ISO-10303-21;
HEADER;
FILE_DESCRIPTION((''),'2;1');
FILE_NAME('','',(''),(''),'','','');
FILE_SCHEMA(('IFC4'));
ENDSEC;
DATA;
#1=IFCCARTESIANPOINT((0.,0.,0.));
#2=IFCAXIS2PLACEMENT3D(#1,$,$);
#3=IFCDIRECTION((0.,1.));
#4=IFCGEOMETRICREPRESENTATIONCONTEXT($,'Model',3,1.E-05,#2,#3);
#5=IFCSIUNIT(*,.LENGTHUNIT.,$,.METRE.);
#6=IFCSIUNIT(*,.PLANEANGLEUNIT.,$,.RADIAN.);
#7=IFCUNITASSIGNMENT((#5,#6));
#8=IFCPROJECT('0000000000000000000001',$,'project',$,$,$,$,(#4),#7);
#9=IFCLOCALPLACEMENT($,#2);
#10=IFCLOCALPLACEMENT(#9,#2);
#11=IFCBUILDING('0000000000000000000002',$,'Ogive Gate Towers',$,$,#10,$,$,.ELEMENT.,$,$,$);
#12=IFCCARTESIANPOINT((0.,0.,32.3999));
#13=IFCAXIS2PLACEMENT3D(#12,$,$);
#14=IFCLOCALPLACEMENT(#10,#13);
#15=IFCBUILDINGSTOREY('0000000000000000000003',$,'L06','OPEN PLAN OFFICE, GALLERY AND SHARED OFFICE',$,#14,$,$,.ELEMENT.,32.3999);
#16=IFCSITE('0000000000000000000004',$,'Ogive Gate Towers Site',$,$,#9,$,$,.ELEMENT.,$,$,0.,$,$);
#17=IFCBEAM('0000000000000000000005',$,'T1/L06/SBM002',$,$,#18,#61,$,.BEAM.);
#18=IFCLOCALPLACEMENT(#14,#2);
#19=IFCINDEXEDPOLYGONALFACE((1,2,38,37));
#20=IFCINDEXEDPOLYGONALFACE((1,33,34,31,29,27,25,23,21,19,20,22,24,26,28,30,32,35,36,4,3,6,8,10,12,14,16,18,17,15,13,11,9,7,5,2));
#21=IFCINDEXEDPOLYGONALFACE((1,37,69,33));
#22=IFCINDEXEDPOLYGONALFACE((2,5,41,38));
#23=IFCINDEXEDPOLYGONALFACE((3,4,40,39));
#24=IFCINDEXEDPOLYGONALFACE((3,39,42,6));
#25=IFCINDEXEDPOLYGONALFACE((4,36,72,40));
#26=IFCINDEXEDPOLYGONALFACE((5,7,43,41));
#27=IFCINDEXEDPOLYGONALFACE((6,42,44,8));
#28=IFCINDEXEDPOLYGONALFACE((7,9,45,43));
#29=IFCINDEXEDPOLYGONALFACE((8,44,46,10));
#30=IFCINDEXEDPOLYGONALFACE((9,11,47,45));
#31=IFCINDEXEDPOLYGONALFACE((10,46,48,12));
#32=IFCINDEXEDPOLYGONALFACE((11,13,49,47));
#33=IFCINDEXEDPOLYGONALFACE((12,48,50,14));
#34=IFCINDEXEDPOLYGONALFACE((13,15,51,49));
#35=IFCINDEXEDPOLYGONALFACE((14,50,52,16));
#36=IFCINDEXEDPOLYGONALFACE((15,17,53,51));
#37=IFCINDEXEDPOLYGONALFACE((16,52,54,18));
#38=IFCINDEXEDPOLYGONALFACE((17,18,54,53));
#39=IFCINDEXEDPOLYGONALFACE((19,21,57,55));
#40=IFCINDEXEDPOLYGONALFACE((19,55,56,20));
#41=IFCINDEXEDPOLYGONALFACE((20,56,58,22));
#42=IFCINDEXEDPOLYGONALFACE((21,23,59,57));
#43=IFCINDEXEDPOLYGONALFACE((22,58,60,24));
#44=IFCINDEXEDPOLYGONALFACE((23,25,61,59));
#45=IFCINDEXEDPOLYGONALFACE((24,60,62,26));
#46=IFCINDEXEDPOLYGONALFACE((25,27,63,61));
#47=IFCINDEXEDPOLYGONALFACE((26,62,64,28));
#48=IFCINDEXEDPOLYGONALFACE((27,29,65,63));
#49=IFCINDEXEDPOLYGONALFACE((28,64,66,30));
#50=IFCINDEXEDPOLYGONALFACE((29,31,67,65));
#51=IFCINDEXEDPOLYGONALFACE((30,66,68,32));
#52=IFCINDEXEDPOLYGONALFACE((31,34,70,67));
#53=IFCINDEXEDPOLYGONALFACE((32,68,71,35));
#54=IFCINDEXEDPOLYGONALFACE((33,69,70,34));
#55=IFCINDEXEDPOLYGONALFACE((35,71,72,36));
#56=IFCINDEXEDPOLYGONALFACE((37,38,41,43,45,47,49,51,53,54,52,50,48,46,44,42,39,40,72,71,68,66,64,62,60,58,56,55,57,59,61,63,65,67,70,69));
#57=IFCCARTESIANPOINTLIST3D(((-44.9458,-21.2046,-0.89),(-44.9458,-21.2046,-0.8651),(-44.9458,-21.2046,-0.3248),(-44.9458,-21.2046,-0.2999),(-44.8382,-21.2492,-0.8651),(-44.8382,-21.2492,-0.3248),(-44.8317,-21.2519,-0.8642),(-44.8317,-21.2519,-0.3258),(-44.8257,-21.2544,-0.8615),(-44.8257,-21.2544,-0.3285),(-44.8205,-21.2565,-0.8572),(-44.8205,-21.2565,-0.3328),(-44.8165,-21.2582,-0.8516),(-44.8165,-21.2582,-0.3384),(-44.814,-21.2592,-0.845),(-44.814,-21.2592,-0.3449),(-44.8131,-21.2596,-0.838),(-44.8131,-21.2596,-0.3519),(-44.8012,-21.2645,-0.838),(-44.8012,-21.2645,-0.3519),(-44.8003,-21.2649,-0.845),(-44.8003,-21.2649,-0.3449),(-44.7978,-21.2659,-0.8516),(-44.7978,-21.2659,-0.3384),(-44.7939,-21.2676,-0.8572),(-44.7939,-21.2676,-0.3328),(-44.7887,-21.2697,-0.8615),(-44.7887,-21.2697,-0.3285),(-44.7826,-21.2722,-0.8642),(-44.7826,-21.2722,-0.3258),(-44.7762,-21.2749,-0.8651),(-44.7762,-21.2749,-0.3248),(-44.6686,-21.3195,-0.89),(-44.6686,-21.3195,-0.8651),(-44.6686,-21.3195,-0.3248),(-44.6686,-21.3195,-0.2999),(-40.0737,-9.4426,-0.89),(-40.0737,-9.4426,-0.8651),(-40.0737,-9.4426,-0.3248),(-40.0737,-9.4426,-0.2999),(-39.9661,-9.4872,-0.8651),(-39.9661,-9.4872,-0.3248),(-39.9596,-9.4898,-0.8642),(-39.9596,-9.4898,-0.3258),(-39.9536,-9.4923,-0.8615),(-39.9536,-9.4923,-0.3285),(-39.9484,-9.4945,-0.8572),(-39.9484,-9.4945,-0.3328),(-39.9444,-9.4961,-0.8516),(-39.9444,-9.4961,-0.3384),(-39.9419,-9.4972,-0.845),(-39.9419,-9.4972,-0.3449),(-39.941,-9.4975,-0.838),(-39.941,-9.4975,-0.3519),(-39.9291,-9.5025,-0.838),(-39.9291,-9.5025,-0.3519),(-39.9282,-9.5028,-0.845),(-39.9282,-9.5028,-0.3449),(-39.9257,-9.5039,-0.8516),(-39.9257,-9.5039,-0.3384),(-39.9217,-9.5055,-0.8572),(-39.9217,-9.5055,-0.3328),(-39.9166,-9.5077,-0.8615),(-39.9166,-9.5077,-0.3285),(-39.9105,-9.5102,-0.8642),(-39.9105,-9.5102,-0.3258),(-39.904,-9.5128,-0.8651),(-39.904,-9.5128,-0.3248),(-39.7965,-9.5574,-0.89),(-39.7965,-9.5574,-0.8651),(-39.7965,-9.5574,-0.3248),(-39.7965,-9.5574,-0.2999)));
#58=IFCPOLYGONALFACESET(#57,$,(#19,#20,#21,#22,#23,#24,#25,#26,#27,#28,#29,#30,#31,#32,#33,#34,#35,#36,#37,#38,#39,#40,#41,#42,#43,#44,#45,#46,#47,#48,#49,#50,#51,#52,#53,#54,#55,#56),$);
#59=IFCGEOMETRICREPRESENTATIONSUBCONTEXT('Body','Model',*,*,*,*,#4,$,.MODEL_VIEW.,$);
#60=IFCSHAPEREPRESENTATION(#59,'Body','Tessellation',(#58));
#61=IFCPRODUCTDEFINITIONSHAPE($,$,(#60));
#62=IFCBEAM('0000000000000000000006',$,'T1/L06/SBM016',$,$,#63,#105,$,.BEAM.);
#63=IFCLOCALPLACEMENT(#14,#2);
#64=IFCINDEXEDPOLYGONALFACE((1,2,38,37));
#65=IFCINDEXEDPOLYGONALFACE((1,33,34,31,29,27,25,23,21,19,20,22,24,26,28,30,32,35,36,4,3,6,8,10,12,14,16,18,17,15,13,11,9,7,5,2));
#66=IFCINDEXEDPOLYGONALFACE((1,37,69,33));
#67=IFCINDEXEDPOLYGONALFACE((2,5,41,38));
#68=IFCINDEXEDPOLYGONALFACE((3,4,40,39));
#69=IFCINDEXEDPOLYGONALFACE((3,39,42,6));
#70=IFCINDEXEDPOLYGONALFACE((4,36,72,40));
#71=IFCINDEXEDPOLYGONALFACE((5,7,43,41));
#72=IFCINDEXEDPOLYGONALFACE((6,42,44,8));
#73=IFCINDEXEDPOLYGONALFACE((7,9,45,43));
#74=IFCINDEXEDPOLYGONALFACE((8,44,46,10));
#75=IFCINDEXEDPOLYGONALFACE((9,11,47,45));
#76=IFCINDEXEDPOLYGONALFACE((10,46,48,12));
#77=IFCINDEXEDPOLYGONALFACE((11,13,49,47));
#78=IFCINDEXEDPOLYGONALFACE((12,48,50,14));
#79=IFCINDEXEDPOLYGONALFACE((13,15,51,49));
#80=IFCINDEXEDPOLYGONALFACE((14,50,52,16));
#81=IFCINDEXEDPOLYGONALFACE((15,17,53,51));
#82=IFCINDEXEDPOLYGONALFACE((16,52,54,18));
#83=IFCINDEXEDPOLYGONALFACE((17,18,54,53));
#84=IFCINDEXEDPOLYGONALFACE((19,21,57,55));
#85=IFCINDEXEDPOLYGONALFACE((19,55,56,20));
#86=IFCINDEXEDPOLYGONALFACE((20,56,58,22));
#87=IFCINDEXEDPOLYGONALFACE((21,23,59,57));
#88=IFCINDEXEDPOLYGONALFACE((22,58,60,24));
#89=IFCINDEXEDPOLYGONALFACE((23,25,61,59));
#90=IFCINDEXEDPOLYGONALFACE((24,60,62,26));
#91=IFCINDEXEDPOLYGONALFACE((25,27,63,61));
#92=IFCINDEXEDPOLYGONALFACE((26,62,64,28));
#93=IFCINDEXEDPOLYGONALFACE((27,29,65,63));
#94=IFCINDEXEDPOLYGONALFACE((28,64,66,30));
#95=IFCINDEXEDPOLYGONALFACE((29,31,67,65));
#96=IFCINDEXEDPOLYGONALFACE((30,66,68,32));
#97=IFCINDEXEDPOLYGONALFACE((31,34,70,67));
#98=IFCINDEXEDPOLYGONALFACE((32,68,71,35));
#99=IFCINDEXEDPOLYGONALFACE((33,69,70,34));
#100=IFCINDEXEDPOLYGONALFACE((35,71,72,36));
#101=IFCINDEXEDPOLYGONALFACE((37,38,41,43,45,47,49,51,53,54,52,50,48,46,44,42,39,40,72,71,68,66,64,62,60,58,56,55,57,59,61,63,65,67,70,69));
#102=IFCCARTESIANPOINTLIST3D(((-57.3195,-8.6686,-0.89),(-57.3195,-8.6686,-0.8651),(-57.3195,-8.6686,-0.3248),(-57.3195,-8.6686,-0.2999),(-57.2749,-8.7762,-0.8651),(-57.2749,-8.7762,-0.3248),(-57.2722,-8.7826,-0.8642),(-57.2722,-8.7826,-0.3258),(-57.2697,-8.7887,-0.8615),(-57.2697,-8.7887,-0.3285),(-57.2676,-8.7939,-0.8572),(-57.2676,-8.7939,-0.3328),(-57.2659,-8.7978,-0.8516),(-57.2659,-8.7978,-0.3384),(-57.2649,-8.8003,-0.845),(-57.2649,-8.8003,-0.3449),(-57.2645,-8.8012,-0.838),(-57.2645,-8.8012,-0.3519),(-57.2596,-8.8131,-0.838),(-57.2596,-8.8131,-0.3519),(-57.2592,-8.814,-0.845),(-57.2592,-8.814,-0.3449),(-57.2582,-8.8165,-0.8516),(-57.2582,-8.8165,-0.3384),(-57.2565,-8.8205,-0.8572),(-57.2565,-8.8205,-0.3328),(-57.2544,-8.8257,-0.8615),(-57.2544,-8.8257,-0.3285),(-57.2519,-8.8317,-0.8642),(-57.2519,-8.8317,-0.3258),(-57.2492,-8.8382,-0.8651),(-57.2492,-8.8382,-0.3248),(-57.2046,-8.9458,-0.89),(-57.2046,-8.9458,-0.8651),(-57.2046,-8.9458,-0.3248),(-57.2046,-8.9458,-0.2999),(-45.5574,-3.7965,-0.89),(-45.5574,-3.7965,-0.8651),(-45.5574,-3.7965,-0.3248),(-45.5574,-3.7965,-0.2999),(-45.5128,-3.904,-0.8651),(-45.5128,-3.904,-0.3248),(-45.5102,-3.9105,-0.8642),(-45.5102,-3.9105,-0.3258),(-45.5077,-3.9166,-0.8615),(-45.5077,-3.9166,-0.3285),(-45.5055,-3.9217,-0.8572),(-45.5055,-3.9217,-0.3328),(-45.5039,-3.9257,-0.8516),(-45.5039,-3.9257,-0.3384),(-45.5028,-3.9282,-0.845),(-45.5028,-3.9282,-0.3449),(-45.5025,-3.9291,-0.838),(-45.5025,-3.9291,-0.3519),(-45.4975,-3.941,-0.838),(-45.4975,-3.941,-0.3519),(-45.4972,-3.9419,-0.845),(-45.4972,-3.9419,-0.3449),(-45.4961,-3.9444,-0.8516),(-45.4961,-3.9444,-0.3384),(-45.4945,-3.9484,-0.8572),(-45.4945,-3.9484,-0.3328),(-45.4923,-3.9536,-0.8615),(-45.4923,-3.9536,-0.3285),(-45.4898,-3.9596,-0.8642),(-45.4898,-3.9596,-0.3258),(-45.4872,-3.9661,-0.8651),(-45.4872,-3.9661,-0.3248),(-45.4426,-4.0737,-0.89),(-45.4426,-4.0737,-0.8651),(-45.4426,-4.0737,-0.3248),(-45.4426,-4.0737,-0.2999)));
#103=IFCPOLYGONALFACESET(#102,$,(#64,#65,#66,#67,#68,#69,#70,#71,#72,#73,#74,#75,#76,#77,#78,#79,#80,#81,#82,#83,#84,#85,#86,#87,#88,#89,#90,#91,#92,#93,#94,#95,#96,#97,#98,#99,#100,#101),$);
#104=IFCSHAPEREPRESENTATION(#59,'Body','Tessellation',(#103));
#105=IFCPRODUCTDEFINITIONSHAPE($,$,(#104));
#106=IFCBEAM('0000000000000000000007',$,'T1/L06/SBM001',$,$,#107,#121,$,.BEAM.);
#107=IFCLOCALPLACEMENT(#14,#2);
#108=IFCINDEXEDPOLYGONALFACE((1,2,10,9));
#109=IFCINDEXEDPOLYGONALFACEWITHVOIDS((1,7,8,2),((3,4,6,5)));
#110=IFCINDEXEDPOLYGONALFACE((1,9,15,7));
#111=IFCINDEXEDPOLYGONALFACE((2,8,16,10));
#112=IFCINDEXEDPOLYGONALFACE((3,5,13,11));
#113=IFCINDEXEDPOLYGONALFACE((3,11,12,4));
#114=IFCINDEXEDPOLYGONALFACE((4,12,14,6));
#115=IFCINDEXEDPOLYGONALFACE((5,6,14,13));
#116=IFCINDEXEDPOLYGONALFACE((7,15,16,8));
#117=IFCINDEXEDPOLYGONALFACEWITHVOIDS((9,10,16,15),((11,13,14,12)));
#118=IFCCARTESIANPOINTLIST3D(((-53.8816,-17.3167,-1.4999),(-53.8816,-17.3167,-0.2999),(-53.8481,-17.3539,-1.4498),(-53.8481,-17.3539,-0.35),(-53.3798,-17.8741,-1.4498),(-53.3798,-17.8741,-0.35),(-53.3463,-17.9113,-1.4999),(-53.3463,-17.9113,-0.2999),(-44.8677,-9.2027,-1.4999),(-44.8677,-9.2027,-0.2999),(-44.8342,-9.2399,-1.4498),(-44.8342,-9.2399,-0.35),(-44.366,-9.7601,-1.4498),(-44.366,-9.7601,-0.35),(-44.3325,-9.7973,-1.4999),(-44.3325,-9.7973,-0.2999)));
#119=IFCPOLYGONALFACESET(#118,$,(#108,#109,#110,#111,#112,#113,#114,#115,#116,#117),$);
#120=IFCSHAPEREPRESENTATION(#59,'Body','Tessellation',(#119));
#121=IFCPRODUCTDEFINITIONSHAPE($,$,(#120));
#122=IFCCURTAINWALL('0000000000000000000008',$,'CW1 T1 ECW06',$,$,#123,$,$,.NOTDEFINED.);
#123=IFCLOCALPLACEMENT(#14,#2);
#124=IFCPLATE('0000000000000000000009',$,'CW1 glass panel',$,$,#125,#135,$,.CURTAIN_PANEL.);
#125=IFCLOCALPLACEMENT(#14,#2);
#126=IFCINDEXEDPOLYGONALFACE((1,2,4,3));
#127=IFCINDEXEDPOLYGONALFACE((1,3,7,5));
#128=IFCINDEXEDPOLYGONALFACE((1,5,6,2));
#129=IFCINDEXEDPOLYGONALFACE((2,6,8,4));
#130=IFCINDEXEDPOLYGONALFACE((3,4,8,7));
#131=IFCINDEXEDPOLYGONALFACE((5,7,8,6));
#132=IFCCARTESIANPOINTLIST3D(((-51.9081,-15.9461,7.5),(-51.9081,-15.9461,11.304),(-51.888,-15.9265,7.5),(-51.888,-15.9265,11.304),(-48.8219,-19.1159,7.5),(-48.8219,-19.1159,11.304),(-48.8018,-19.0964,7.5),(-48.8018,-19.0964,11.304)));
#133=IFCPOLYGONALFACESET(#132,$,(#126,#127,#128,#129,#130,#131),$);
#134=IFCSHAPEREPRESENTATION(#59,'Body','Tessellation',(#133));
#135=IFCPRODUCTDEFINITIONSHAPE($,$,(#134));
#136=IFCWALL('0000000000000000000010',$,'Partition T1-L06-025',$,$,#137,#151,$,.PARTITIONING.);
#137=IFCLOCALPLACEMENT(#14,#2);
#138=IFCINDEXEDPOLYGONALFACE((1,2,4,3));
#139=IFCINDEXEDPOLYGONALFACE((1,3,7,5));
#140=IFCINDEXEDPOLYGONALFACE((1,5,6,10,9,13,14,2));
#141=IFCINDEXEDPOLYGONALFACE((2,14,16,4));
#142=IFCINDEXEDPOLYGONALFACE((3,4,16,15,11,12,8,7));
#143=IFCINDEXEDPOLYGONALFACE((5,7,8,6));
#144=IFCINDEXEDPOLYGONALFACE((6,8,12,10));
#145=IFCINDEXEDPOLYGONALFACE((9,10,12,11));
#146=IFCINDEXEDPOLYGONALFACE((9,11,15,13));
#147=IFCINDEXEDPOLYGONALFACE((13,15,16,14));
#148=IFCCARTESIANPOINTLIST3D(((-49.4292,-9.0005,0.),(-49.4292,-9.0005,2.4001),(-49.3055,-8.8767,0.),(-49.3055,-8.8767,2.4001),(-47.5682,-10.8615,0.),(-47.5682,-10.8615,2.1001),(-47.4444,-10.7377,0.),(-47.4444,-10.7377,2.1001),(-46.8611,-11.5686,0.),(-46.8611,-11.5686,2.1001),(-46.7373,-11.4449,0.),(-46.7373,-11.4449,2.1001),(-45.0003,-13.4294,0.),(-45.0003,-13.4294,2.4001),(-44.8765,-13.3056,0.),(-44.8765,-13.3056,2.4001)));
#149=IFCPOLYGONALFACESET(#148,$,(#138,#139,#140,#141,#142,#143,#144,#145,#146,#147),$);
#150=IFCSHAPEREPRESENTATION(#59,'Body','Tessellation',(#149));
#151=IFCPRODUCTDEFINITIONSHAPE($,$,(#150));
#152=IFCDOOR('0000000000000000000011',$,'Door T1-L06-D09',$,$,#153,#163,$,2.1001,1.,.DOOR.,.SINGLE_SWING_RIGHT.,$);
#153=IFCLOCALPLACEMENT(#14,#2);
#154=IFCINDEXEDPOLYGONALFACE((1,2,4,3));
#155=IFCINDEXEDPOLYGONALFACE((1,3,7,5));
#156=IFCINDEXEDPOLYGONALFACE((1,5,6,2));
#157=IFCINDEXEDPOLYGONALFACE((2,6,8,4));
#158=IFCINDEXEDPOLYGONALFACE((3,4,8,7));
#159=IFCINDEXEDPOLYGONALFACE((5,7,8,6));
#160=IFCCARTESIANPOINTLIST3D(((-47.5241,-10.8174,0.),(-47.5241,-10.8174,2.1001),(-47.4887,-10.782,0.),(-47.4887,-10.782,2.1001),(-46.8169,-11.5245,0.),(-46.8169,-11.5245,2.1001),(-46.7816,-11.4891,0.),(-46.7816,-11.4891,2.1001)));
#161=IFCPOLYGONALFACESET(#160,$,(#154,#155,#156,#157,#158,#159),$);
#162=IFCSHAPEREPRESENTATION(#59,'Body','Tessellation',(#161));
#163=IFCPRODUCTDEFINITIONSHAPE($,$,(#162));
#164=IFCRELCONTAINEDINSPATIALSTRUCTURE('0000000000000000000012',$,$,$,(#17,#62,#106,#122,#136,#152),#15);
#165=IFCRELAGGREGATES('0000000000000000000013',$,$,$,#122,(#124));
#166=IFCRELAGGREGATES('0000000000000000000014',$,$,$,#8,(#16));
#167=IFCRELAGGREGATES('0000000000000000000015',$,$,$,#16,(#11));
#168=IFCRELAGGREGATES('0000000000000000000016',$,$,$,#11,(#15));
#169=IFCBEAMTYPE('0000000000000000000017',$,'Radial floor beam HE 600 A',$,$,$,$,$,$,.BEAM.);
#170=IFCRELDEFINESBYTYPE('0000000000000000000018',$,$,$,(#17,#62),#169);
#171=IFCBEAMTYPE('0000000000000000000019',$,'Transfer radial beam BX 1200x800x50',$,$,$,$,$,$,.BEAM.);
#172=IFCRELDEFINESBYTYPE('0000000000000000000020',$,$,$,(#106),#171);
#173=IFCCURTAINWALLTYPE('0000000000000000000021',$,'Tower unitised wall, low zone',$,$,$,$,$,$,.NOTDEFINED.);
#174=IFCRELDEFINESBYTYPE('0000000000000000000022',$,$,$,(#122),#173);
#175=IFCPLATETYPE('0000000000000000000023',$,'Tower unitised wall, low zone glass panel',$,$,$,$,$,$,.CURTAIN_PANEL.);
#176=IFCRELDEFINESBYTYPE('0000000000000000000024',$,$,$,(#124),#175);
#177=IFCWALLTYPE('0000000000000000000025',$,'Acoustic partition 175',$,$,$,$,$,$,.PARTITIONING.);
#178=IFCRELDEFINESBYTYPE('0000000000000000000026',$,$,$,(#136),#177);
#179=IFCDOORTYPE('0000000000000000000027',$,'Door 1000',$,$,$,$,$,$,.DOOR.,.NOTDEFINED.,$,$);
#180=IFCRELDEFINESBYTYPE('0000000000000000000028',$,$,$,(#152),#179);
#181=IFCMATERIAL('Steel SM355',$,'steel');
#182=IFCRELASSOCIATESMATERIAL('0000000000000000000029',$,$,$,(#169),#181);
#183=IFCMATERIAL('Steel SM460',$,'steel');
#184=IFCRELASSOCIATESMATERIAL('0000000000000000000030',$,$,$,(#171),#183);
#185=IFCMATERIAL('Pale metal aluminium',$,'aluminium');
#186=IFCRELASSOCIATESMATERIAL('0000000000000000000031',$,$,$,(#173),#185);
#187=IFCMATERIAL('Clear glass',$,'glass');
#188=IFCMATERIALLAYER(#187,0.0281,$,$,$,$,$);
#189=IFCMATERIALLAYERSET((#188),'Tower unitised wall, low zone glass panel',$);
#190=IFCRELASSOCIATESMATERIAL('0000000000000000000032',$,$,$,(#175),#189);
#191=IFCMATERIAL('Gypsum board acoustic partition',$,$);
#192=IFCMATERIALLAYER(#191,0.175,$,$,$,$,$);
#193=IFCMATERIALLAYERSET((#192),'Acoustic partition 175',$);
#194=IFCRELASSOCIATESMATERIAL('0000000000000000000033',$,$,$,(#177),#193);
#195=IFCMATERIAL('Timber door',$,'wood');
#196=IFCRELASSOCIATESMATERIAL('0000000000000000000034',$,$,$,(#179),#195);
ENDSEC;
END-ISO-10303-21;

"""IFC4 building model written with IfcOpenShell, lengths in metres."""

from ifc_helpers import new_model, si_unit, direction, frame, frame_2d, origin, origin_2d, place, context, subcontext, project, spatial, rectangle, hollow_rectangle, i_section, extrude, material, layer, layer_set, material_profile, profile_set, type_object, element, fill, aggregate, save


model = new_model("IFC4")

# Units and contexts
model_context = context("Model", 3, precision=1e-05, world=origin(), true_north=direction((0.0, 1.0)))
body_context = subcontext(model_context, "Body", "Model", "MODEL_VIEW")
ifc_project = project(units=[si_unit("LENGTHUNIT", "METRE"), si_unit("PLANEANGLEUNIT", "RADIAN")], contexts=[model_context])

# Site, building, storey
site_placement = place(None, origin())
site = spatial("IfcSite", under=ifc_project, at=site_placement, Name="Ogive Gate Towers Site", CompositionType="ELEMENT", RefElevation=0.0)
building_placement = place(site_placement, origin())
building = spatial("IfcBuilding", under=site, at=building_placement, Name="Ogive Gate Towers", CompositionType="ELEMENT")
storey_placement = place(building_placement, frame((0.0, 0.0, 32.3999)))
storey = spatial("IfcBuildingStorey", under=building, at=storey_placement, Name="L06", Description="OPEN PLAN OFFICE, GALLERY AND SHARED OFFICE", CompositionType="ELEMENT", Elevation=32.3999)

# Beams
ifc_material_1 = material(Name="Steel SM355", Category="steel")
ifc_material_profile_1 = material_profile(ifc_material_1, i_section(OverallWidth=0.3, OverallDepth=0.5901, WebThickness=0.0129, FlangeThickness=0.0249, FilletRadius=0.0271, at=origin_2d()), Name="HE 600 A")
ifc_profile_set_1 = profile_set([ifc_material_profile_1], Name="Steel SM355")
beam_type_1 = type_object("IfcBeamType", Name="Radial floor beam HE 600 A", PredefinedType="BEAM", material=ifc_profile_set_1)
for number, where, z_axis, x_axis, name in (
    (1, (-39.9351, -9.5, -0.595), (-0.382691, -0.923877, 0.0), (0.923877, -0.382691, 0.0), "T1/L06/SBM002"),
    (2, (-45.5, -3.9351, -0.595), (-0.923877, -0.382691, 0.0), (0.382691, -0.923877, 0.0), "T1/L06/SBM016"),
):
    element("IfcBeam", number, at=place(storey_placement, frame(where, z_axis=z_axis, x_axis=x_axis)), inside=storey, type_object=beam_type_1, Name=name, PredefinedType="BEAM", context=body_context, shape_type="SweptSolid", body=[
        extrude(i_section(OverallWidth=0.3, OverallDepth=0.5901, WebThickness=0.0129, FlangeThickness=0.0249, FilletRadius=0.0271, at=origin_2d()), origin(), (0.0, 0.0, 1.0), 12.7312),
    ])
ifc_material_2 = material(Name="Steel SM460", Category="steel")
ifc_material_profile_2 = material_profile(ifc_material_2, hollow_rectangle(XDim=0.8, YDim=1.2, WallThickness=0.05, at=origin_2d()), Name="BX 1200x800x50")
ifc_profile_set_2 = profile_set([ifc_material_profile_2], Name="Steel SM460")
beam_type_2 = type_object("IfcBeamType", Name="Transfer radial beam BX 1200x800x50", PredefinedType="BEAM", material=ifc_profile_set_2)
beam_placement = place(storey_placement, frame((-44.6001, -9.5, -0.8999), z_axis=(-0.743233, -0.669033, 0.0), x_axis=(0.669033, -0.743233, 0.0)))
element("IfcBeam", 3, at=beam_placement, inside=storey, type_object=beam_type_2, Name="T1/L06/SBM001", PredefinedType="BEAM", context=body_context, shape_type="SweptSolid", body=[
    extrude(hollow_rectangle(XDim=0.8, YDim=1.2, WallThickness=0.05, at=origin_2d()), origin(), (0.0, 0.0, 1.0), 12.1279),
])

# Curtain wall, plate
ifc_material_3 = material(Name="Pale metal aluminium", Category="aluminium")
curtain_wall_type = type_object("IfcCurtainWallType", Name="Tower unitised wall, low zone", PredefinedType="NOTDEFINED", material=ifc_material_3)
curtain_wall_placement = place(storey_placement, origin())
curtain_wall = element("IfcCurtainWall", 4, at=curtain_wall_placement, inside=storey, type_object=curtain_wall_type, Name="CW1 T1 ECW06", PredefinedType="NOTDEFINED")
ifc_material_4 = material(Name="Clear glass", Category="glass")
ifc_layer_1 = layer(ifc_material_4, 0.0281)
ifc_layer_set_1 = layer_set([ifc_layer_1], Name="Tower unitised wall, low zone glass panel")
plate_type = type_object("IfcPlateType", Name="Tower unitised wall, low zone glass panel", PredefinedType="CURTAIN_PANEL", material=ifc_layer_set_1)
plate_placement = place(storey_placement, frame((-50.355, -17.5212, 7.5), z_axis=(0.0, 0.0, 1.0), x_axis=(0.69759, -0.716497, 0.0)))
plate = element("IfcPlate", 5, at=plate_placement, type_object=plate_type, Name="CW1 glass panel", PredefinedType="CURTAIN_PANEL", context=body_context, shape_type="SweptSolid", body=[
    extrude(rectangle(XDim=4.4241, YDim=0.0281, at=origin_2d()), origin(), (0.0, 0.0, 1.0), 3.804),
])
aggregate(curtain_wall, [plate])

# Wall, opening, door
ifc_material_5 = material(Name="Gypsum board acoustic partition")
ifc_layer_2 = layer(ifc_material_5, 0.175)
ifc_layer_set_2 = layer_set([ifc_layer_2], Name="Acoustic partition 175")
wall_type_1 = type_object("IfcWallType", Name="Acoustic partition 175", PredefinedType="PARTITIONING", material=ifc_layer_set_2)
wall_1_placement = place(storey_placement, frame((-49.3674, -8.9385, 0.0), z_axis=(0.0, 0.0, 1.0), x_axis=(0.707107, -0.707107, 0.0)))
wall_1 = element("IfcWall", 6, at=wall_1_placement, inside=storey, type_object=wall_type_1, Name="Partition T1-L06-025", PredefinedType="PARTITIONING", context=body_context, shape_type="SweptSolid", body=[
    extrude(rectangle(XDim=6.2634, YDim=0.175, at=frame_2d((3.1318, 0.0))), origin(), (0.0, 0.0, 1.0), 2.4001),
])
opening_1_placement = place(wall_1_placement, frame((2.6321, 0.0, 0.0)))
opening_1 = element("IfcOpeningElement", 7, at=opening_1_placement, cuts=wall_1, PredefinedType="OPENING", context=body_context, shape_type="SweptSolid", body=[
    extrude(rectangle(XDim=1.0, YDim=2.1001, at=frame_2d((0.5, 1.05))), frame((0.0, 0.0977, 0.0), z_axis=(0.0, -1.0, 0.0), x_axis=(1.0, 0.0, 0.0)), (0.0, 0.0, 1.0), 0.1951),
])
ifc_material_6 = material(Name="Timber door", Category="wood")
door_type_1 = type_object("IfcDoorType", Name="Door 1000", OperationType="NOTDEFINED", PredefinedType="DOOR", material=ifc_material_6)
door_1_placement = place(opening_1_placement, origin())
door_1 = element("IfcDoor", 8, at=door_1_placement, inside=storey, type_object=door_type_1, Name="Door T1-L06-D09", OperationType="SINGLE_SWING_RIGHT", OverallHeight=2.1001, OverallWidth=1.0, PredefinedType="DOOR", context=body_context, shape_type="SweptSolid", body=[
    extrude(rectangle(XDim=1.0, YDim=2.1001, at=frame_2d((0.5, 1.05))), frame((0.0, 0.0249, 0.0), z_axis=(0.0, -1.0, 0.0), x_axis=(1.0, 0.0, 0.0)), (0.0, 0.0, 1.0), 0.05),
])
fill(opening_1, door_1)

save(model, "model.ifc")
